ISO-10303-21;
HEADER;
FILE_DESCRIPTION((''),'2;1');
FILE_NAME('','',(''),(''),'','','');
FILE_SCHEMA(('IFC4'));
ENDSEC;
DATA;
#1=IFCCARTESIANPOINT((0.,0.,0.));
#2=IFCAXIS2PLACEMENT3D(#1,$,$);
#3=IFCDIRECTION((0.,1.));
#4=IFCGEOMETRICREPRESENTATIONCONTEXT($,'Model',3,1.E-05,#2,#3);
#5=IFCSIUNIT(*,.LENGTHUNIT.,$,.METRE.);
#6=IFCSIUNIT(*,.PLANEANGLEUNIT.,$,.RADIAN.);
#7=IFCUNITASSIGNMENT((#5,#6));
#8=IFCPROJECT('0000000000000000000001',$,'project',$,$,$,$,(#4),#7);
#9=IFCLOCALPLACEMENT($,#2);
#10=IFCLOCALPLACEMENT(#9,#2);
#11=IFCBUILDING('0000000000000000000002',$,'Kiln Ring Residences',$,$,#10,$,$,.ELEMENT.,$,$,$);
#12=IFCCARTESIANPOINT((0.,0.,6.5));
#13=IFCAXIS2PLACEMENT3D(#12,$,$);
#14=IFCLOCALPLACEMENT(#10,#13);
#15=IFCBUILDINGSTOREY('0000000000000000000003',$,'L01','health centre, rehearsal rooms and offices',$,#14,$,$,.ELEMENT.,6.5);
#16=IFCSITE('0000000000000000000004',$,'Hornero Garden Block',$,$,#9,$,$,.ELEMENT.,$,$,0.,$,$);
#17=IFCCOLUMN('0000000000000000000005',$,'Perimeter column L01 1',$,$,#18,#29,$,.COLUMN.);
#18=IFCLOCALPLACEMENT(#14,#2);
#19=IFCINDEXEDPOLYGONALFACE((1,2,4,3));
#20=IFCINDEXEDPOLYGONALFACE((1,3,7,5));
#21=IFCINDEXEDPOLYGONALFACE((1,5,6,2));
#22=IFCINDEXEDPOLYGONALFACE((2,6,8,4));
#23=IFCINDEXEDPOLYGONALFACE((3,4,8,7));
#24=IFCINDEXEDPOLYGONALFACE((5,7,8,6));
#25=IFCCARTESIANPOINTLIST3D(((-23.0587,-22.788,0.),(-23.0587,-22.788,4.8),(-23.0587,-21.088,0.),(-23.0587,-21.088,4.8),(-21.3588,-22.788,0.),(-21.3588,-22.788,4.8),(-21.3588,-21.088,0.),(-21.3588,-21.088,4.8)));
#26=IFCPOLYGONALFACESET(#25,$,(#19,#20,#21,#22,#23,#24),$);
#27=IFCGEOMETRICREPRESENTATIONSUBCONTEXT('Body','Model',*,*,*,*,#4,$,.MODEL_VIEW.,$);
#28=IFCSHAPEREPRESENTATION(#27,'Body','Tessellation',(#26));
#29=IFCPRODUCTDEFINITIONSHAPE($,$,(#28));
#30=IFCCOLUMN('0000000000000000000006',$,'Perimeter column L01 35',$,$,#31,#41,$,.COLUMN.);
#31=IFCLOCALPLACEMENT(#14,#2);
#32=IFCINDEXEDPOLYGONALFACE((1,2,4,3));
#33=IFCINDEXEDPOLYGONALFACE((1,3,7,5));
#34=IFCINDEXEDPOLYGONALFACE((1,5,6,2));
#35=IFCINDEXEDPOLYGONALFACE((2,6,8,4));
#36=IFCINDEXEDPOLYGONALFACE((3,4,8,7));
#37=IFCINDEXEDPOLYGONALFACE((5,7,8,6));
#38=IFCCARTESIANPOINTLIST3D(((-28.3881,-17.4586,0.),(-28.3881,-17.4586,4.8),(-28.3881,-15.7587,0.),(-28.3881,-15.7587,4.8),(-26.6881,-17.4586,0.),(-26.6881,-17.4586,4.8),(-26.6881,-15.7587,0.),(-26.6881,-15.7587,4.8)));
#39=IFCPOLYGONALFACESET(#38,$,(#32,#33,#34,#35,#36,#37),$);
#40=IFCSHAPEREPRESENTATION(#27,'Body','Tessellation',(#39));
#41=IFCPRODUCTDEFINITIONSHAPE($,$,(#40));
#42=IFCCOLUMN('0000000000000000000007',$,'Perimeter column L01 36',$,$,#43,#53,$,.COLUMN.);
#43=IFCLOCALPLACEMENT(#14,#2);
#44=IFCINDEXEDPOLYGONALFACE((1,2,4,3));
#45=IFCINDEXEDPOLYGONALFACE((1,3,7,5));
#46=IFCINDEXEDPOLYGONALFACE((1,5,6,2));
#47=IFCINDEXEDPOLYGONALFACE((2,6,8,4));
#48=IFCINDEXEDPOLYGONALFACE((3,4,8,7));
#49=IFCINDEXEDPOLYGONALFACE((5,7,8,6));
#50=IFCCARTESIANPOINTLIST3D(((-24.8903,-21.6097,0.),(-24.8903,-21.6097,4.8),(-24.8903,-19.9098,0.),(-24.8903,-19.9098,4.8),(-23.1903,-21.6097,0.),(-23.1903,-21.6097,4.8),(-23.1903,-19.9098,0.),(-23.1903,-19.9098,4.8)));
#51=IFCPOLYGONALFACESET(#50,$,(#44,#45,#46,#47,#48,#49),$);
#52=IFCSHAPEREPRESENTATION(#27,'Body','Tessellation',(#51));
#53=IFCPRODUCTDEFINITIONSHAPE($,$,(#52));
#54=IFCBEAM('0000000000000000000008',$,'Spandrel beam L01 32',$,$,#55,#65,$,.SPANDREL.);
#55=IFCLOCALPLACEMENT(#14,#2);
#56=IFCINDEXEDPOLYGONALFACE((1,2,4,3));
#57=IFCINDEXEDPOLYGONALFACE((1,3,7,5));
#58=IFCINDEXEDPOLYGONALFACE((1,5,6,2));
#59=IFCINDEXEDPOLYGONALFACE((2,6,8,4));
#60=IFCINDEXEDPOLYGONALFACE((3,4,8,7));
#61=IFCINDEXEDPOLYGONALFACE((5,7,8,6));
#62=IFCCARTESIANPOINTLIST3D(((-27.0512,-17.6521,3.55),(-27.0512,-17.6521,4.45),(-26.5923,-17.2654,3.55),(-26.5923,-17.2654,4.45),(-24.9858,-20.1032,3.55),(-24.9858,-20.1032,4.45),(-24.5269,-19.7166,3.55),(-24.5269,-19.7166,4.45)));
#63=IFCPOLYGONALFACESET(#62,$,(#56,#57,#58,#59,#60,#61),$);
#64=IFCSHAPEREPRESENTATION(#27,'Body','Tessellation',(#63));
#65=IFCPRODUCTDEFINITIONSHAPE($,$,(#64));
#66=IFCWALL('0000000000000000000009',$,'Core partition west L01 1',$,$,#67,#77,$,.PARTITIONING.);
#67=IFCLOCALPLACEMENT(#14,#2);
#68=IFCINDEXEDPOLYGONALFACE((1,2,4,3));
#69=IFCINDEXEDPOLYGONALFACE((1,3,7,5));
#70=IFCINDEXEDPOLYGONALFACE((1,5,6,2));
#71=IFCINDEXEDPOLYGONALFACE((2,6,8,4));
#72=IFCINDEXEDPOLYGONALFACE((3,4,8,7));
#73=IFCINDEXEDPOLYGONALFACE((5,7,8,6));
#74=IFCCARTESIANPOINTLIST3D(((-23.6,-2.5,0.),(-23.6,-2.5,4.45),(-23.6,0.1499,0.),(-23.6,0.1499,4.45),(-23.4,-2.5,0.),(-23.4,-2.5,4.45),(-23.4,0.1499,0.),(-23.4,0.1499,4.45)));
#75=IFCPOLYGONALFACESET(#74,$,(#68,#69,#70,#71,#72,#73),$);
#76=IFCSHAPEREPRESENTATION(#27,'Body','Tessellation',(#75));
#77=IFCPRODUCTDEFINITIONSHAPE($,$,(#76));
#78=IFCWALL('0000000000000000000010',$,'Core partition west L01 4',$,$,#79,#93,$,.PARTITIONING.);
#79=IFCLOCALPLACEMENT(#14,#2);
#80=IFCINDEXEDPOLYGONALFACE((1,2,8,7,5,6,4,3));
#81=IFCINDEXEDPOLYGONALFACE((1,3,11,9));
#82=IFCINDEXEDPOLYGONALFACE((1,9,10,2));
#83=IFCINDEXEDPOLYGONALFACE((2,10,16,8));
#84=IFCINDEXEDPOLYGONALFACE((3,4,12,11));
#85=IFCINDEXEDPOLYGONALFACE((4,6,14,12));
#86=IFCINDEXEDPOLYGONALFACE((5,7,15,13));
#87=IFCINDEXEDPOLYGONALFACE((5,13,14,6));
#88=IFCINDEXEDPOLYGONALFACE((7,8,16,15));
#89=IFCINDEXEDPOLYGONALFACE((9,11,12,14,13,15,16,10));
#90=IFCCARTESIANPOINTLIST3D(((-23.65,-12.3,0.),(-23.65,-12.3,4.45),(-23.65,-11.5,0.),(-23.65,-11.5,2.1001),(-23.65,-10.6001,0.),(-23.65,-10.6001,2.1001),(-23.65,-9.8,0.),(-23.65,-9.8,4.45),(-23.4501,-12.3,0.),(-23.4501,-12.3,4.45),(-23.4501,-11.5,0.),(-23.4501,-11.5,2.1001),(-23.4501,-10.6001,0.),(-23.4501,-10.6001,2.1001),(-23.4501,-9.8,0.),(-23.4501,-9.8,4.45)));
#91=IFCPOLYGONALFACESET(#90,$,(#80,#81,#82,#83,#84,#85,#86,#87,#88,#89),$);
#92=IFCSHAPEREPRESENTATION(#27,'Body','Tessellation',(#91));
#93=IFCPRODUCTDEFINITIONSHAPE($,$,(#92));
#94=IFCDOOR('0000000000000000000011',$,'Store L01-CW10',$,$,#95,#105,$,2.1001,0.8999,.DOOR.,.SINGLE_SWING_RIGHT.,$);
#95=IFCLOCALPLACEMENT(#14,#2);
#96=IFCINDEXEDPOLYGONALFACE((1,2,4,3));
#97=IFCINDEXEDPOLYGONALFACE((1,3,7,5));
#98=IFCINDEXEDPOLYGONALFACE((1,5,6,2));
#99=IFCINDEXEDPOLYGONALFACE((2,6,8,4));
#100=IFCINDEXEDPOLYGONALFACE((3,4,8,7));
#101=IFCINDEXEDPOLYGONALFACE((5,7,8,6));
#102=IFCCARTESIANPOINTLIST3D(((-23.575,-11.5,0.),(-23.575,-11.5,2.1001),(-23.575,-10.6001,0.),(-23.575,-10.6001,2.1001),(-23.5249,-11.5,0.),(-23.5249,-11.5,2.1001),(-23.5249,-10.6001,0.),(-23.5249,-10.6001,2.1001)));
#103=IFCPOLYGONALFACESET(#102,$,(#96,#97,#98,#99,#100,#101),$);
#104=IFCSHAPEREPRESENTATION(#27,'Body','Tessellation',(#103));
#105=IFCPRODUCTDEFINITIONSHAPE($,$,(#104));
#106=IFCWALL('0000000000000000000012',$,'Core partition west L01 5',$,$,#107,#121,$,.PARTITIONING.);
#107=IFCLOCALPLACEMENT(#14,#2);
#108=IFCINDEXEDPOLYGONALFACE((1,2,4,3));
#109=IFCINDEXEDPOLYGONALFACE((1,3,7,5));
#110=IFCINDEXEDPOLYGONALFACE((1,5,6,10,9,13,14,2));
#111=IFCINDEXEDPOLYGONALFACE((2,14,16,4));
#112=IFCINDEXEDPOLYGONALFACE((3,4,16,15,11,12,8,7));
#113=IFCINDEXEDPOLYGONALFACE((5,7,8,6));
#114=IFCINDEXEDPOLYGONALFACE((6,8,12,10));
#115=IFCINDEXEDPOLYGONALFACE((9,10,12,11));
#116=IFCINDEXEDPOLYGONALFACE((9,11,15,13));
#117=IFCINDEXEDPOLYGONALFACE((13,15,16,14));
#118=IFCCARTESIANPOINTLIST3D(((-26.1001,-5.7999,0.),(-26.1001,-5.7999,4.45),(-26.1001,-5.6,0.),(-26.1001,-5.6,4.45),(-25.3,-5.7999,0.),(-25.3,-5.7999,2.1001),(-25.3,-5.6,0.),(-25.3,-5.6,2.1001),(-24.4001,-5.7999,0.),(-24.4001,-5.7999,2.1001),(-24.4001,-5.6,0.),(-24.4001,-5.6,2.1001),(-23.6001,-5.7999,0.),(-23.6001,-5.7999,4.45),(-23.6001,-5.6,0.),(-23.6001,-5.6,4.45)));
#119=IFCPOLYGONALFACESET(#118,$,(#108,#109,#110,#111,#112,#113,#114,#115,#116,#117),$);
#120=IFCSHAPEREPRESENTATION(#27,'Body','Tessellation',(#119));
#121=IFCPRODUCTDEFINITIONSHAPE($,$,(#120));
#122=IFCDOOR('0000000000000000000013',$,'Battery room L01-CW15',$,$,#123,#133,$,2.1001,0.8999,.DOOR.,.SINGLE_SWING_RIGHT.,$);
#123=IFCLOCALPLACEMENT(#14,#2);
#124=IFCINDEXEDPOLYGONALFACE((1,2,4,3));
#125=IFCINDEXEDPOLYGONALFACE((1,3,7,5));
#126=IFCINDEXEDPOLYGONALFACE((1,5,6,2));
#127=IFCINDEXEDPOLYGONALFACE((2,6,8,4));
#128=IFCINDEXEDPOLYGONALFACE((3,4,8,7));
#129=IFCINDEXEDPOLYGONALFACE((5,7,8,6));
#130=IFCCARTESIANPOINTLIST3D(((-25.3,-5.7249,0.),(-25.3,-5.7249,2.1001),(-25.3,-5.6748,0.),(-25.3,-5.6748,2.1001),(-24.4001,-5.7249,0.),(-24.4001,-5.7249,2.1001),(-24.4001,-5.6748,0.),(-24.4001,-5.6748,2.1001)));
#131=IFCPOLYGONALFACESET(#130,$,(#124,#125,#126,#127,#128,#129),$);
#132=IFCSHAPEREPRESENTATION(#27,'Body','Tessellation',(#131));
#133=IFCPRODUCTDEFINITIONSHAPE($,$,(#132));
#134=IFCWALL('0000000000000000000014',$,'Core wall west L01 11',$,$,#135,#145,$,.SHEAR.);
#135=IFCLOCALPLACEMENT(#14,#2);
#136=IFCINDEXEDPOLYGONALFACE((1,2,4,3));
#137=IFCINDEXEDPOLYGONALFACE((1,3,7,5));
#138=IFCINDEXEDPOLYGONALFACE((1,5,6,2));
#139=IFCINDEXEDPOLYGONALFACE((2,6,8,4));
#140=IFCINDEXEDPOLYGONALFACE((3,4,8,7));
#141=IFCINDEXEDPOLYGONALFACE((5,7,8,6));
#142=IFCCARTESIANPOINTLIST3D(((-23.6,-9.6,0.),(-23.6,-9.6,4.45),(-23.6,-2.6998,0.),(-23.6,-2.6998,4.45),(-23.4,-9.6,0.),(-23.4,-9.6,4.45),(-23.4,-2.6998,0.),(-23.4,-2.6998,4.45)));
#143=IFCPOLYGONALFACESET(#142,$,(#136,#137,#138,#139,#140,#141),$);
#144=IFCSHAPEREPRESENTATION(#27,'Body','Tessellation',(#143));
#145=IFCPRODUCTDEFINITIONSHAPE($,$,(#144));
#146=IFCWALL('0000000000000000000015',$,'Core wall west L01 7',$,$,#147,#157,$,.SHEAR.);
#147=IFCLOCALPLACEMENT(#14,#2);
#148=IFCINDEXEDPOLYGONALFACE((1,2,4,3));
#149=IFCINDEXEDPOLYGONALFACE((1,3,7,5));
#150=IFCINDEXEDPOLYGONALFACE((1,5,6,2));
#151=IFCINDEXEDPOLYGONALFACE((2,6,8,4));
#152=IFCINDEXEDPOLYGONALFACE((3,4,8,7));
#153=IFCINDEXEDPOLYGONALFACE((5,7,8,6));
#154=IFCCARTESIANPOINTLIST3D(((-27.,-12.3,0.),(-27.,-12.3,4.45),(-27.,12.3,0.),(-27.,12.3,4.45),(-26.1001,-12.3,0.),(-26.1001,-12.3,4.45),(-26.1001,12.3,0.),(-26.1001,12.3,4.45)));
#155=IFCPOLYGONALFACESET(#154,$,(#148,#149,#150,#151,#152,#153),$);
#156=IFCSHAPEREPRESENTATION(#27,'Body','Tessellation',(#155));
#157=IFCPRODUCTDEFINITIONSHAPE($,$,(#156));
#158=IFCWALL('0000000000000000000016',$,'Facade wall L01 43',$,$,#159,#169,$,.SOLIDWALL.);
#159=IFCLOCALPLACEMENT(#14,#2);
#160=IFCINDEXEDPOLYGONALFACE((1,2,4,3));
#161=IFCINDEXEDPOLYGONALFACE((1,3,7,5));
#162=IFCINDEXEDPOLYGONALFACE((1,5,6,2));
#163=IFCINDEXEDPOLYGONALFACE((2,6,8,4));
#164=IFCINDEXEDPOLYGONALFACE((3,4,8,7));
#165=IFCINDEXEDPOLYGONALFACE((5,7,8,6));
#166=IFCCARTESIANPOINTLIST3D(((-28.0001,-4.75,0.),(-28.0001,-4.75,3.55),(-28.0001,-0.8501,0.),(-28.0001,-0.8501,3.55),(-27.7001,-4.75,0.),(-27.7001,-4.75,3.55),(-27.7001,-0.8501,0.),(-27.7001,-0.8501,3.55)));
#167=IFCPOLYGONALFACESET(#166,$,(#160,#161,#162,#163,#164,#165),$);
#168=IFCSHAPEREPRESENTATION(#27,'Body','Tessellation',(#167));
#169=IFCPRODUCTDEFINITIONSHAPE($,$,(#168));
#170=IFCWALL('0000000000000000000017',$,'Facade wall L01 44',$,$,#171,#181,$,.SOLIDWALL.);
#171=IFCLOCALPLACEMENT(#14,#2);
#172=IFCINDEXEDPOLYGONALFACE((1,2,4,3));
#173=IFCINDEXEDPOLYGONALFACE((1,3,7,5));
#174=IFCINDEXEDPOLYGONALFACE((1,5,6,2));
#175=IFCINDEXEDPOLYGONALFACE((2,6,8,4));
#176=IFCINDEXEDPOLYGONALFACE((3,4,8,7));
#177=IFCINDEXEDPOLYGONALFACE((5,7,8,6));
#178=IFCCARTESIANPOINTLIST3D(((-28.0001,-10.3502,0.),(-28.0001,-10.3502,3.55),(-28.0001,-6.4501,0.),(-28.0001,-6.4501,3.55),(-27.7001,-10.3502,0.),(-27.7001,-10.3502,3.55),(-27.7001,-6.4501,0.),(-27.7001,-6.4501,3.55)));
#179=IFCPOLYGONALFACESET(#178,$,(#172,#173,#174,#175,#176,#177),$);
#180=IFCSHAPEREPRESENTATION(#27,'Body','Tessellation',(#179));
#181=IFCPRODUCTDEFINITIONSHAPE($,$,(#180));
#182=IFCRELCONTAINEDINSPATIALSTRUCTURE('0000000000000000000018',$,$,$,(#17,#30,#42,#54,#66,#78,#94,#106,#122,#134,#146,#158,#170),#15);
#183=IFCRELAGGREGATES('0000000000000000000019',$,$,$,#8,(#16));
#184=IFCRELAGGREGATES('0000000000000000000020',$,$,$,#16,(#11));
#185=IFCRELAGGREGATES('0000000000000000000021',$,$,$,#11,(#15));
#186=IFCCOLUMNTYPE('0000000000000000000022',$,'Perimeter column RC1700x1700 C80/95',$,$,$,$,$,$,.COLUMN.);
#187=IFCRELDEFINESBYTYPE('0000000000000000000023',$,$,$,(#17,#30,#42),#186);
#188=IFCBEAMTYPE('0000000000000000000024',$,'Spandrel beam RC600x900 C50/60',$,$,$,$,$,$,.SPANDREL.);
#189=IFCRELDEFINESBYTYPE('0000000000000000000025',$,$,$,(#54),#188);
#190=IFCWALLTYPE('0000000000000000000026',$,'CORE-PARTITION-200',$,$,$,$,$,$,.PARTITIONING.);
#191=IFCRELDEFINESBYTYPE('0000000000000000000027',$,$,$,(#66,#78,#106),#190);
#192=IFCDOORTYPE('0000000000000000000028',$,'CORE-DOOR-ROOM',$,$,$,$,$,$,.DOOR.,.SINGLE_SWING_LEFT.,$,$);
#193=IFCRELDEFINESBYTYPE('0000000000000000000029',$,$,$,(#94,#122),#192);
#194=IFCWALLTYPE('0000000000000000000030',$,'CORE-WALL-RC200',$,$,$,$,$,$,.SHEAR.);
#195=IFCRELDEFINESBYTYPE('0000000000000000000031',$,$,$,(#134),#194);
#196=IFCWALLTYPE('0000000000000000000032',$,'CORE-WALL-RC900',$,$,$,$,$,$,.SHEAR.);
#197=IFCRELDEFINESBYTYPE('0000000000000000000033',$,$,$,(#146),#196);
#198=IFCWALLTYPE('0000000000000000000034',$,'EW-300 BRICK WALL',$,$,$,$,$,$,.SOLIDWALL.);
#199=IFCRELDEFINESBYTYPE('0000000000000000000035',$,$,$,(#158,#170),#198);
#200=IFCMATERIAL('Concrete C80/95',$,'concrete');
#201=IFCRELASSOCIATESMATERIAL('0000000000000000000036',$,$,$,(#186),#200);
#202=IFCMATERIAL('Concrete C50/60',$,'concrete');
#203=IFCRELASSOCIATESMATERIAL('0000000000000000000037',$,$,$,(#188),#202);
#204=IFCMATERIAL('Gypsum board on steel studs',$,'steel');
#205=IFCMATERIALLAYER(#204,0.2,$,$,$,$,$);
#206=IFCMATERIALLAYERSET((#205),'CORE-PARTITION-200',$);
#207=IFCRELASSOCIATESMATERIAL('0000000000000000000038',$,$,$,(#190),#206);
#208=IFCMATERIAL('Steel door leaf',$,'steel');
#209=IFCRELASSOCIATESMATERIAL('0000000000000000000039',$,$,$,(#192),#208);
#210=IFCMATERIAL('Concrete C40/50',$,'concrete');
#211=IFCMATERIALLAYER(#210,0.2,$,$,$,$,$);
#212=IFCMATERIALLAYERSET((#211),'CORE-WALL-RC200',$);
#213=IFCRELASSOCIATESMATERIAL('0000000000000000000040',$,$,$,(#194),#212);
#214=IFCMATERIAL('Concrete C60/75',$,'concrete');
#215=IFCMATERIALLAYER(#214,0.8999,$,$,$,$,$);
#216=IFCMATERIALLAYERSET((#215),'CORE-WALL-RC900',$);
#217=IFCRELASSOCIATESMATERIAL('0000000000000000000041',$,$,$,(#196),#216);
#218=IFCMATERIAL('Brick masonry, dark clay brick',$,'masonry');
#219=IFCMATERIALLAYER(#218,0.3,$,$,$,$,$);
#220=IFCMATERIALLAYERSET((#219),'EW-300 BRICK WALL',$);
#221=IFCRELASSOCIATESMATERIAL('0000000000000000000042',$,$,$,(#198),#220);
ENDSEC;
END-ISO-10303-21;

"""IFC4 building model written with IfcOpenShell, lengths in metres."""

from ifc_helpers import new_model, si_unit, direction, frame, frame_2d, origin, origin_2d, place, context, subcontext, project, spatial, rectangle, extrude, material, layer, layer_set, material_profile, profile_set, type_object, element, fill, save


model = new_model("IFC4")

# Units and contexts
model_context = context("Model", 3, precision=1e-05, world=origin(), true_north=direction((0.0, 1.0)))
body_context = subcontext(model_context, "Body", "Model", "MODEL_VIEW")
ifc_project = project(units=[si_unit("LENGTHUNIT", "METRE"), si_unit("PLANEANGLEUNIT", "RADIAN")], contexts=[model_context])

# Site, building, storey
site_placement = place(None, origin())
site = spatial("IfcSite", under=ifc_project, at=site_placement, Name="Hornero Garden Block", CompositionType="ELEMENT", RefElevation=0.0)
building_placement = place(site_placement, origin())
building = spatial("IfcBuilding", under=site, at=building_placement, Name="Kiln Ring Residences", CompositionType="ELEMENT")
storey_placement = place(building_placement, frame((0.0, 0.0, 6.5)))
storey = spatial("IfcBuildingStorey", under=building, at=storey_placement, Name="L01", Description="health centre, rehearsal rooms and offices", CompositionType="ELEMENT", Elevation=6.5)

# Columns
ifc_material_1 = material(Name="Concrete C80/95", Category="concrete")
ifc_material_profile_1 = material_profile(ifc_material_1, rectangle(XDim=1.7, YDim=1.7, at=origin_2d()), Name="RC1700x1700")
ifc_profile_set_1 = profile_set([ifc_material_profile_1], Name="Concrete C80/95")
column_type = type_object("IfcColumnType", Name="Perimeter column RC1700x1700 C80/95", PredefinedType="COLUMN", material=ifc_profile_set_1)
for number, where, z_axis, x_axis, name in (
    (1, (-22.2087, -21.938, 0.0), (0.0, 0.0, 1.0), (1.0, 0.0, 0.0), "Perimeter column L01 1"),
    (2, (-27.5381, -16.6086, 0.0), (0.0, 0.0, 1.0), (1.0, 0.0, 0.0), "Perimeter column L01 35"),
    (3, (-24.0403, -20.7598, 0.0), (0.0, 0.0, 1.0), (1.0, 0.0, 0.0), "Perimeter column L01 36"),
):
    element("IfcColumn", number, at=place(storey_placement, frame(where, z_axis=z_axis, x_axis=x_axis)), inside=storey, type_object=column_type, Name=name, PredefinedType="COLUMN", context=body_context, shape_type="SweptSolid", body=[
        extrude(rectangle(XDim=1.7, YDim=1.7, at=origin_2d()), origin(), (0.0, 0.0, 1.0), 4.8),
    ])

# Beam
ifc_material_2 = material(Name="Concrete C50/60", Category="concrete")
ifc_material_profile_2 = material_profile(ifc_material_2, rectangle(XDim=0.6001, YDim=0.8999, at=origin_2d()), Name="RC600x900")
ifc_profile_set_2 = profile_set([ifc_material_profile_2], Name="Concrete C50/60")
beam_type = type_object("IfcBeamType", Name="Spandrel beam RC600x900 C50/60", PredefinedType="SPANDREL", material=ifc_profile_set_2)
beam_placement = place(storey_placement, frame((-26.8218, -17.4587, 4.0), z_axis=(0.64437, -0.764714, 0.0), x_axis=(0.764714, 0.64437, 0.0)))
element("IfcBeam", 4, at=beam_placement, inside=storey, type_object=beam_type, Name="Spandrel beam L01 32", PredefinedType="SPANDREL", context=body_context, shape_type="SweptSolid", body=[
    extrude(rectangle(XDim=0.6001, YDim=0.8999, at=origin_2d()), origin(), (0.0, 0.0, 1.0), 3.2053),
])

# Wall
ifc_material_3 = material(Name="Gypsum board on steel studs", Category="steel")
ifc_layer_1 = layer(ifc_material_3, 0.2)
ifc_layer_set_1 = layer_set([ifc_layer_1], Name="CORE-PARTITION-200")
wall_type_1 = type_object("IfcWallType", Name="CORE-PARTITION-200", PredefinedType="PARTITIONING", material=ifc_layer_set_1)
wall_1_placement = place(storey_placement, frame((-23.5, -2.5, 0.0), z_axis=(0.0, 0.0, 1.0), x_axis=(0.0, 1.0, 0.0)))
element("IfcWall", 5, at=wall_1_placement, inside=storey, type_object=wall_type_1, Name="Core partition west L01 1", PredefinedType="PARTITIONING", context=body_context, shape_type="SweptSolid", body=[
    extrude(rectangle(XDim=2.6499, YDim=0.2, at=frame_2d((1.325, 0.0))), origin(), (0.0, 0.0, 1.0), 4.45),
])

# Walls, openings, doors
wall_2_placement = place(storey_placement, frame((-23.55, -12.3, 0.0), z_axis=(0.0, 0.0, 1.0), x_axis=(0.0, 1.0, 0.0)))
wall_2 = element("IfcWall", 6, at=wall_2_placement, inside=storey, type_object=wall_type_1, Name="Core partition west L01 4", PredefinedType="PARTITIONING", context=body_context, shape_type="SweptSolid", body=[
    extrude(rectangle(XDim=2.5, YDim=0.2, at=frame_2d((1.25, 0.0))), origin(), (0.0, 0.0, 1.0), 4.45),
])
opening_1_placement = place(wall_2_placement, frame((0.8, 0.0, 0.0)))
opening_1 = element("IfcOpeningElement", 7, at=opening_1_placement, cuts=wall_2, PredefinedType="OPENING", context=body_context, shape_type="SweptSolid", body=[
    extrude(rectangle(XDim=0.8999, YDim=2.1001, at=frame_2d((0.45, 1.05))), frame((0.0, 0.1099, 0.0), z_axis=(0.0, -1.0, 0.0), x_axis=(1.0, 0.0, 0.0)), (0.0, 0.0, 1.0), 0.22),
])
ifc_material_4 = material(Name="Steel door leaf", Category="steel")
door_type = type_object("IfcDoorType", Name="CORE-DOOR-ROOM", OperationType="SINGLE_SWING_LEFT", PredefinedType="DOOR", material=ifc_material_4)
door_1_placement = place(opening_1_placement, origin())
door_1 = element("IfcDoor", 8, at=door_1_placement, inside=storey, type_object=door_type, Name="Store L01-CW10", OperationType="SINGLE_SWING_RIGHT", OverallHeight=2.1001, OverallWidth=0.8999, PredefinedType="DOOR", context=body_context, shape_type="SweptSolid", body=[
    extrude(rectangle(XDim=0.8999, YDim=2.1001, at=frame_2d((0.45, 1.05))), frame((0.0, 0.0249, 0.0), z_axis=(0.0, -1.0, 0.0), x_axis=(1.0, 0.0, 0.0)), (0.0, 0.0, 1.0), 0.05),
])
fill(opening_1, door_1)
wall_3_placement = place(storey_placement, frame((-23.6001, -5.7, 0.0), z_axis=(0.0, 0.0, 1.0), x_axis=(-1.0, 0.0, 0.0)))
wall_3 = element("IfcWall", 9, at=wall_3_placement, inside=storey, type_object=wall_type_1, Name="Core partition west L01 5", PredefinedType="PARTITIONING", context=body_context, shape_type="SweptSolid", body=[
    extrude(rectangle(XDim=2.5, YDim=0.2, at=frame_2d((1.25, 0.0))), origin(), (0.0, 0.0, 1.0), 4.45),
])
opening_2_placement = place(wall_3_placement, frame((0.8, 0.0, 0.0)))
opening_2 = element("IfcOpeningElement", 10, at=opening_2_placement, cuts=wall_3, PredefinedType="OPENING", context=body_context, shape_type="SweptSolid", body=[
    extrude(rectangle(XDim=0.8999, YDim=2.1001, at=frame_2d((0.45, 1.05))), frame((0.0, 0.1099, 0.0), z_axis=(0.0, -1.0, 0.0), x_axis=(1.0, 0.0, 0.0)), (0.0, 0.0, 1.0), 0.22),
])
door_2_placement = place(opening_2_placement, origin())
door_2 = element("IfcDoor", 11, at=door_2_placement, inside=storey, type_object=door_type, Name="Battery room L01-CW15", OperationType="SINGLE_SWING_RIGHT", OverallHeight=2.1001, OverallWidth=0.8999, PredefinedType="DOOR", context=body_context, shape_type="SweptSolid", body=[
    extrude(rectangle(XDim=0.8999, YDim=2.1001, at=frame_2d((0.45, 1.05))), frame((0.0, 0.0249, 0.0), z_axis=(0.0, -1.0, 0.0), x_axis=(1.0, 0.0, 0.0)), (0.0, 0.0, 1.0), 0.05),
])
fill(opening_2, door_2)

# Walls
ifc_material_5 = material(Name="Concrete C40/50", Category="concrete")
ifc_layer_2 = layer(ifc_material_5, 0.2)
ifc_layer_set_2 = layer_set([ifc_layer_2], Name="CORE-WALL-RC200")
wall_type_2 = type_object("IfcWallType", Name="CORE-WALL-RC200", PredefinedType="SHEAR", material=ifc_layer_set_2)
wall_4_placement = place(storey_placement, frame((-23.5, -9.6001, 0.0), z_axis=(0.0, 0.0, 1.0), x_axis=(0.0, 1.0, 0.0)))
element("IfcWall", 12, at=wall_4_placement, inside=storey, type_object=wall_type_2, Name="Core wall west L01 11", PredefinedType="SHEAR", context=body_context, shape_type="SweptSolid", body=[
    extrude(rectangle(XDim=6.9001, YDim=0.2, at=frame_2d((3.4502, 0.0))), origin(), (0.0, 0.0, 1.0), 4.45),
])
ifc_material_6 = material(Name="Concrete C60/75", Category="concrete")
ifc_layer_3 = layer(ifc_material_6, 0.8999)
ifc_layer_set_3 = layer_set([ifc_layer_3], Name="CORE-WALL-RC900")
wall_type_3 = type_object("IfcWallType", Name="CORE-WALL-RC900", PredefinedType="SHEAR", material=ifc_layer_set_3)
wall_5_placement = place(storey_placement, frame((-26.55, -12.3, 0.0), z_axis=(0.0, 0.0, 1.0), x_axis=(0.0, 1.0, 0.0)))
element("IfcWall", 13, at=wall_5_placement, inside=storey, type_object=wall_type_3, Name="Core wall west L01 7", PredefinedType="SHEAR", context=body_context, shape_type="SweptSolid", body=[
    extrude(rectangle(XDim=24.6001, YDim=0.8999, at=frame_2d((12.3, 0.0))), origin(), (0.0, 0.0, 1.0), 4.45),
])
ifc_material_7 = material(Name="Brick masonry, dark clay brick", Category="masonry")
ifc_layer_4 = layer(ifc_material_7, 0.3)
ifc_layer_set_4 = layer_set([ifc_layer_4], Name="EW-300 BRICK WALL")
wall_type_4 = type_object("IfcWallType", Name="EW-300 BRICK WALL", PredefinedType="SOLIDWALL", material=ifc_layer_set_4)
wall_6_placement = place(storey_placement, frame((-27.8501, -0.8501, 0.0), z_axis=(0.0, 0.0, 1.0), x_axis=(0.0, -1.0, 0.0)))
element("IfcWall", 14, at=wall_6_placement, inside=storey, type_object=wall_type_4, Name="Facade wall L01 43", PredefinedType="SOLIDWALL", context=body_context, shape_type="SweptSolid", body=[
    extrude(rectangle(XDim=3.8999, YDim=0.3, at=frame_2d((1.95, 0.0))), origin(), (0.0, 0.0, 1.0), 3.55),
])
wall_7_placement = place(storey_placement, frame((-27.8501, -6.45, 0.0), z_axis=(0.0, 0.0, 1.0), x_axis=(0.0, -1.0, 0.0)))
element("IfcWall", 15, at=wall_7_placement, inside=storey, type_object=wall_type_4, Name="Facade wall L01 44", PredefinedType="SOLIDWALL", context=body_context, shape_type="SweptSolid", body=[
    extrude(rectangle(XDim=3.9001, YDim=0.3, at=frame_2d((1.9502, 0.0))), origin(), (0.0, 0.0, 1.0), 3.55),
])

save(model, "model.ifc")
